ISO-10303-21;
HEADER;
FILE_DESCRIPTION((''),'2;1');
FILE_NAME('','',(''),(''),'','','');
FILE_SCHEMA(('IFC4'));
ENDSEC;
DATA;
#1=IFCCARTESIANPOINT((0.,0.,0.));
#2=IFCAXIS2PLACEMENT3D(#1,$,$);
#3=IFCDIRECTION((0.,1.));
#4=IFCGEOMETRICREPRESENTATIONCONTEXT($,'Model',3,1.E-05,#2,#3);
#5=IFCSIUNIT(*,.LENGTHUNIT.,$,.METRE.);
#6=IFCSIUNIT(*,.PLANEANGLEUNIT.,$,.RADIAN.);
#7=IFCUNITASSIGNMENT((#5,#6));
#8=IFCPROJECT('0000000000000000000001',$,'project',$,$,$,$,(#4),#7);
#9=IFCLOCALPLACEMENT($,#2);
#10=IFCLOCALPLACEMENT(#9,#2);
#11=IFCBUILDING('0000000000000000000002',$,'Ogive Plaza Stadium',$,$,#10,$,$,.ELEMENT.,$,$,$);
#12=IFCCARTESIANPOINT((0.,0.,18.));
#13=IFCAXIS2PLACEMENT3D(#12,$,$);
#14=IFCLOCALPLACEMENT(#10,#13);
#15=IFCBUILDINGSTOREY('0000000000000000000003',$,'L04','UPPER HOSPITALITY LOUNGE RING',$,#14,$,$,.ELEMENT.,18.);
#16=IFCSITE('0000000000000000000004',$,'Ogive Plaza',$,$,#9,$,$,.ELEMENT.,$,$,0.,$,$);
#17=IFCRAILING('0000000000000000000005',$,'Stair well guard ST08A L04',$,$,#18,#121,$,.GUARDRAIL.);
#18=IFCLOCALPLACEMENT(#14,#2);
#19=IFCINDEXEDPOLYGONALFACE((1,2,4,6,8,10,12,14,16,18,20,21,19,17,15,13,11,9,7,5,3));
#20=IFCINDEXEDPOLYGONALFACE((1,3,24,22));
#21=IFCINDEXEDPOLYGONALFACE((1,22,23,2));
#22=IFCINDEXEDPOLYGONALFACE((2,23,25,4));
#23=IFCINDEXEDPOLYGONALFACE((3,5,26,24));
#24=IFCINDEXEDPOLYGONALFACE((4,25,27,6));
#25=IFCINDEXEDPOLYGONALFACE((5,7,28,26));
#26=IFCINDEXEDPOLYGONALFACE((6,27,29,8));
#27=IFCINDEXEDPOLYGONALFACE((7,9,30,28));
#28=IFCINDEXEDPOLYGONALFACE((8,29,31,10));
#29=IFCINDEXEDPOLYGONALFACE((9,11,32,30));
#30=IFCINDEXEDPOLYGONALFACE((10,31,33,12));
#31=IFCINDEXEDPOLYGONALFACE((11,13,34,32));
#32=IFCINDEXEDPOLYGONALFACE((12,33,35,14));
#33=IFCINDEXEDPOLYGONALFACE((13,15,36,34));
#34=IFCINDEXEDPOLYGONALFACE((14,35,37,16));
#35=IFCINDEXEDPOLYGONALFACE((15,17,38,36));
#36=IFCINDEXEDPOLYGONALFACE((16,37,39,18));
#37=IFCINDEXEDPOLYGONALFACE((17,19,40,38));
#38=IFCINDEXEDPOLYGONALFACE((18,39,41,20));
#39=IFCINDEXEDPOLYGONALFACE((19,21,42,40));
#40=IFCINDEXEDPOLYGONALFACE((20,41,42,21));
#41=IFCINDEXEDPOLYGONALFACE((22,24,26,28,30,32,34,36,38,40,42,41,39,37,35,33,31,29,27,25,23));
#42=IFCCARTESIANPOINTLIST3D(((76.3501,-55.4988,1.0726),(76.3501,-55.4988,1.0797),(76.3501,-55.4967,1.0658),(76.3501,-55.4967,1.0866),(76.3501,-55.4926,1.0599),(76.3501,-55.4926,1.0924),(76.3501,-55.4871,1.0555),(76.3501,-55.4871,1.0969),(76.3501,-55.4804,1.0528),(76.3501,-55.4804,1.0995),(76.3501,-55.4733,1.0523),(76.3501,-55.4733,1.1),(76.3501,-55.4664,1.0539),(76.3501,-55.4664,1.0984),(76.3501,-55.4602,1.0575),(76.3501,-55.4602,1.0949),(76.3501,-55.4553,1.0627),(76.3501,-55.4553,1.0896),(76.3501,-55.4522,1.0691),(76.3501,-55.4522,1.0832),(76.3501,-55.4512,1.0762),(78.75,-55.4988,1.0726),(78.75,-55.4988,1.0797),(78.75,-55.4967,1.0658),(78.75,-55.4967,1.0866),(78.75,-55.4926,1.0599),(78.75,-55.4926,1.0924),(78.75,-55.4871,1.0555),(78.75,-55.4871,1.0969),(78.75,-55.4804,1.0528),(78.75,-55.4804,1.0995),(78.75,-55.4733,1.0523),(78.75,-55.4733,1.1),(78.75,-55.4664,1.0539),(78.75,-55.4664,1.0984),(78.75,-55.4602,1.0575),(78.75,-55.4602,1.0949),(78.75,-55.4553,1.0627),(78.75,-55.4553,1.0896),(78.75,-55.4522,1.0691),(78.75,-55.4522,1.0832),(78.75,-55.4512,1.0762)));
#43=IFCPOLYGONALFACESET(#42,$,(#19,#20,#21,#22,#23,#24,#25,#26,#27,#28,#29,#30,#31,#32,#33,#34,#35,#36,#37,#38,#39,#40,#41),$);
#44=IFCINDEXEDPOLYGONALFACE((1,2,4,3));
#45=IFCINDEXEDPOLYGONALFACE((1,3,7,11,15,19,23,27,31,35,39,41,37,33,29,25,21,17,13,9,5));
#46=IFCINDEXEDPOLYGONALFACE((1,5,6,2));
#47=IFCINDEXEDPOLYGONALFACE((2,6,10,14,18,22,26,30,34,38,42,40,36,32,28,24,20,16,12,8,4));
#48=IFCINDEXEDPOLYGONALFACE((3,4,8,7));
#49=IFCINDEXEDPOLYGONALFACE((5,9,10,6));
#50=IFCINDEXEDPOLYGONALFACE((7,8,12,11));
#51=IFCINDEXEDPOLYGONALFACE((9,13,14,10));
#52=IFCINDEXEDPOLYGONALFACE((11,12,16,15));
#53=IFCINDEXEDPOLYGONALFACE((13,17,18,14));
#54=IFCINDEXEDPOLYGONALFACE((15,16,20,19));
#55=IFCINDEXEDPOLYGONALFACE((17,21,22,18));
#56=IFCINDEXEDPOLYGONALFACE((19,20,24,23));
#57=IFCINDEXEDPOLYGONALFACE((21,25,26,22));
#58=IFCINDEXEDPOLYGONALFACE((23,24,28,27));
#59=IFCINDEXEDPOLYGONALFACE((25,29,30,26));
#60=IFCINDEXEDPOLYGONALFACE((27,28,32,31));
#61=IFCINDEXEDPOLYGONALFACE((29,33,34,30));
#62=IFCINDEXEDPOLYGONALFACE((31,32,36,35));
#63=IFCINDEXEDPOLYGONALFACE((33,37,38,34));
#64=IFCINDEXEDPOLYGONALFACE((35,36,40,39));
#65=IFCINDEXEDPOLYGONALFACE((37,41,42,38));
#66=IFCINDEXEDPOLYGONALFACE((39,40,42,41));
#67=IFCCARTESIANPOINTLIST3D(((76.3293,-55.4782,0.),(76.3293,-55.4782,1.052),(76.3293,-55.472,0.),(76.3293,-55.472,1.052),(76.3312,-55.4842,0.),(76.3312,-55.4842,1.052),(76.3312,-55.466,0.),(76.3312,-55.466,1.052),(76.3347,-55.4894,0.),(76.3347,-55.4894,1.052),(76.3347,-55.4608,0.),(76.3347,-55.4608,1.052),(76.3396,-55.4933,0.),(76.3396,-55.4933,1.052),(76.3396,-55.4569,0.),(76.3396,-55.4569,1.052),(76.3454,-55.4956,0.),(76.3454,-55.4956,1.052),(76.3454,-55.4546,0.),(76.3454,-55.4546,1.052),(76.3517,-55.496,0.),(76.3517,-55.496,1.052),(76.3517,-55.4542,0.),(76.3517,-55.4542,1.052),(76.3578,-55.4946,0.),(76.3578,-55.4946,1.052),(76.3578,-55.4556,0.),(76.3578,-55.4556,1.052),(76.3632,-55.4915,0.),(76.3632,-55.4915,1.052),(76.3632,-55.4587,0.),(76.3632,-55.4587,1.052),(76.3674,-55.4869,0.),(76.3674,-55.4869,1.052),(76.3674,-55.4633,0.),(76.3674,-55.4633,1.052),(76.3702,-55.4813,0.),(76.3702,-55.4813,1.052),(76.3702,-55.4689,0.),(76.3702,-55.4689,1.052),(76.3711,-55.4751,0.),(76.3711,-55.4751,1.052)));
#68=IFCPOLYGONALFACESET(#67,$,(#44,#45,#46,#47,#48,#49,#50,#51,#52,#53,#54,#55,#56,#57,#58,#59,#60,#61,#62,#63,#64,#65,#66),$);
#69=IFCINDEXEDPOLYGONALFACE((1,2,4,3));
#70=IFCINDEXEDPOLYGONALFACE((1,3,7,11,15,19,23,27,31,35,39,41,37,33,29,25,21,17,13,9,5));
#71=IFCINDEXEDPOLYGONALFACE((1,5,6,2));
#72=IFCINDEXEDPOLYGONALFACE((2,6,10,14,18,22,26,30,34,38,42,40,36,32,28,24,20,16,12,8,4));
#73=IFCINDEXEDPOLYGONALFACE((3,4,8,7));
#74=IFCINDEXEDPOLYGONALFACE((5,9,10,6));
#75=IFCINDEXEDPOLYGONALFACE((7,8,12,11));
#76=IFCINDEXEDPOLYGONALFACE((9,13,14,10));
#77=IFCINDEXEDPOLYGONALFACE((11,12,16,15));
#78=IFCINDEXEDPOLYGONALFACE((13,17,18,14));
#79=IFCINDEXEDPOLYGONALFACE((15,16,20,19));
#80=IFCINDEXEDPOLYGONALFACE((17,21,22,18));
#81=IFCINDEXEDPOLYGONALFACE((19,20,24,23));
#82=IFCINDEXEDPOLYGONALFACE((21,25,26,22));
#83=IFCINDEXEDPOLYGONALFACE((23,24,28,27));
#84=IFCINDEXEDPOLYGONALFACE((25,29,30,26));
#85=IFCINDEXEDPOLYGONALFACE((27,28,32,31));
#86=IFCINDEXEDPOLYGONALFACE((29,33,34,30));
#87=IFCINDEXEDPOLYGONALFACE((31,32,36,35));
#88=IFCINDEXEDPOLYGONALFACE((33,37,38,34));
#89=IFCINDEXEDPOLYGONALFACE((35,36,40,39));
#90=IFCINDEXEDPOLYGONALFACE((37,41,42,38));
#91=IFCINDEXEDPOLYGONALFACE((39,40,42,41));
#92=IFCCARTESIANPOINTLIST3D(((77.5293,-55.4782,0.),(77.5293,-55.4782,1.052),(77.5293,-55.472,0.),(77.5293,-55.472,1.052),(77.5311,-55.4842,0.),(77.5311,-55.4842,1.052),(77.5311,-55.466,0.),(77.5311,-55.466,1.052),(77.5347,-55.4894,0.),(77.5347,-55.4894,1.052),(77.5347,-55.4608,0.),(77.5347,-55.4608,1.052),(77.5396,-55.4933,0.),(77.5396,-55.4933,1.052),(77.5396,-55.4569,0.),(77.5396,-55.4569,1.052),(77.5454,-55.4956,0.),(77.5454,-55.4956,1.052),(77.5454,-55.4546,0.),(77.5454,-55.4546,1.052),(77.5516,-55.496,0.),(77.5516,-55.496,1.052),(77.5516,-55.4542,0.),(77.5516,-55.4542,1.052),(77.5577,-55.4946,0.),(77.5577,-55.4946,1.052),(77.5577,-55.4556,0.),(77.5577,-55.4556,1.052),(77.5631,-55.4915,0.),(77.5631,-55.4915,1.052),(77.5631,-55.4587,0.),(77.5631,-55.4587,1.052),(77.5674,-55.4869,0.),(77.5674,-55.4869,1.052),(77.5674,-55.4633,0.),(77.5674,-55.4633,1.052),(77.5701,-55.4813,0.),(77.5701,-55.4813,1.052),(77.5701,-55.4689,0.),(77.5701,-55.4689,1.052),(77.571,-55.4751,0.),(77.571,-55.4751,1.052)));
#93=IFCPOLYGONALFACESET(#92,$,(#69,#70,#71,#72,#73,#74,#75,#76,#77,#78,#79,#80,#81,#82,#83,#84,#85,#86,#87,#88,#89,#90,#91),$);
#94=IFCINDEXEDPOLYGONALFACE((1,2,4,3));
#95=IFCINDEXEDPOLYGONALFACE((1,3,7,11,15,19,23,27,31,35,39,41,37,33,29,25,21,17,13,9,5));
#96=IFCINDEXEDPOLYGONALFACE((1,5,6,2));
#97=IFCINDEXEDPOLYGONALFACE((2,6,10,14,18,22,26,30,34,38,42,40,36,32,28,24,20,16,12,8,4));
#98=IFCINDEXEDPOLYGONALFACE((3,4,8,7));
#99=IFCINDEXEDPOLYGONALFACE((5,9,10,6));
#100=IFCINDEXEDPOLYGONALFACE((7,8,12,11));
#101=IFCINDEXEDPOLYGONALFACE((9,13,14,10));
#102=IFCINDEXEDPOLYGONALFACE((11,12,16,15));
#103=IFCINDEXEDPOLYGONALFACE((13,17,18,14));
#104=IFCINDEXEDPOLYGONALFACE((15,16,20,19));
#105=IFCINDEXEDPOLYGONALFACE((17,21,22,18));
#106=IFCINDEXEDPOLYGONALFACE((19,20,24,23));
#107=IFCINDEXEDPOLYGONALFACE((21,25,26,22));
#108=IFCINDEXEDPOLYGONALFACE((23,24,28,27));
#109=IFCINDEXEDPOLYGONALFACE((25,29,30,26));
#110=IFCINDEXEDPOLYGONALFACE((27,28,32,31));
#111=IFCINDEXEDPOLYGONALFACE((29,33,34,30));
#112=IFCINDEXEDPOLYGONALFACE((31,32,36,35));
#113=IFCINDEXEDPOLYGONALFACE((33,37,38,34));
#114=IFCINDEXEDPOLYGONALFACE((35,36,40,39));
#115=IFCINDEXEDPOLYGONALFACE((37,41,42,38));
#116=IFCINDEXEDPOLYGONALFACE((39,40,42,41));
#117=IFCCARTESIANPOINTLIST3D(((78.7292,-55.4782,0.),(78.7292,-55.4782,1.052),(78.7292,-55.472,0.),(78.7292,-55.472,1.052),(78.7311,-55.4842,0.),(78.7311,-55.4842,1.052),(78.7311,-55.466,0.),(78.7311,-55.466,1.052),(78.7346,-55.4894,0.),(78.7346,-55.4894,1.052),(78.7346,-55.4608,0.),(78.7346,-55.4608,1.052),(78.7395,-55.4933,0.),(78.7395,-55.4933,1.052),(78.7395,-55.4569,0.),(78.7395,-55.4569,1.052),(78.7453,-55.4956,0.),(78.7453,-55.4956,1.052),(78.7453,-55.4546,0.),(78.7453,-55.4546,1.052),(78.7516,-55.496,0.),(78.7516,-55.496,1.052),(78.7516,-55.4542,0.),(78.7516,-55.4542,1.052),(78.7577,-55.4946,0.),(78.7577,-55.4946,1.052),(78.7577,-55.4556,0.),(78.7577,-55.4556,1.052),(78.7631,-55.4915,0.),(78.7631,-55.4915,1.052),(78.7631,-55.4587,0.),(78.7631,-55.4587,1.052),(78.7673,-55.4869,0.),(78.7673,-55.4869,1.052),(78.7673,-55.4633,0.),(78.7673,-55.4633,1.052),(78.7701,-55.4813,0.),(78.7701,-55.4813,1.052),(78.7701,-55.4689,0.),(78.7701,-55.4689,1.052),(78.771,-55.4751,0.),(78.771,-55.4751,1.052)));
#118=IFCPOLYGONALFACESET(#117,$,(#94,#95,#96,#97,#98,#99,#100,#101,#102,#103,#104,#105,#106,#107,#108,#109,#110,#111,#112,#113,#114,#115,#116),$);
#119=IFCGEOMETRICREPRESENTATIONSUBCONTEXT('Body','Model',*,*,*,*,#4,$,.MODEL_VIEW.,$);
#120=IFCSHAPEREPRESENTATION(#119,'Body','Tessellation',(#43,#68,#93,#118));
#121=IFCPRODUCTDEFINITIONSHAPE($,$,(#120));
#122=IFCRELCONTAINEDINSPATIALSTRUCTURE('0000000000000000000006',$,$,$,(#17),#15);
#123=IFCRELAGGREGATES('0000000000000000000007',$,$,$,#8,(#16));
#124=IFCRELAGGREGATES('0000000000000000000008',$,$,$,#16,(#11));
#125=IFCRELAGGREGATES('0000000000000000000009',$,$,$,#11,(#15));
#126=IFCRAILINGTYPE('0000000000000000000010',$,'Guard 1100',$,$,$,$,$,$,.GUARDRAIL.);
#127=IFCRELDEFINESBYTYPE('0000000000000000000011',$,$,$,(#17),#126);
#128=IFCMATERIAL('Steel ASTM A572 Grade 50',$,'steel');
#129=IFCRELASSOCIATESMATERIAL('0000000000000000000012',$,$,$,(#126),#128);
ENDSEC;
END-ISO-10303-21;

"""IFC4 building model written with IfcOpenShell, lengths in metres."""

from ifc_helpers import new_model, si_unit, direction, frame, origin, origin_2d, place, context, subcontext, project, spatial, circle, extrude, material, type_object, element, save


model = new_model("IFC4")

# Units and contexts
model_context = context("Model", 3, precision=1e-05, world=origin(), true_north=direction((0.0, 1.0)))
body_context = subcontext(model_context, "Body", "Model", "MODEL_VIEW")
ifc_project = project(units=[si_unit("LENGTHUNIT", "METRE"), si_unit("PLANEANGLEUNIT", "RADIAN")], contexts=[model_context])

# Site, building, storey
site_placement = place(None, origin())
site = spatial("IfcSite", under=ifc_project, at=site_placement, Name="Ogive Plaza", CompositionType="ELEMENT", RefElevation=0.0)
building_placement = place(site_placement, origin())
building = spatial("IfcBuilding", under=site, at=building_placement, Name="Ogive Plaza Stadium", CompositionType="ELEMENT")
storey_placement = place(building_placement, frame((0.0, 0.0, 18.0)))
storey = spatial("IfcBuildingStorey", under=building, at=storey_placement, Name="L04", Description="UPPER HOSPITALITY LOUNGE RING", CompositionType="ELEMENT", Elevation=18.0)

# Railing
ifc_material_1 = material(Name="Steel ASTM A572 Grade 50", Category="steel")
railing_type_1 = type_object("IfcRailingType", Name="Guard 1100", PredefinedType="GUARDRAIL", material=ifc_material_1)
railing_1_placement = place(storey_placement, frame((76.3501, -55.4751, 0.0)))
element("IfcRailing", 1, at=railing_1_placement, inside=storey, type_object=railing_type_1, Name="Stair well guard ST08A L04", PredefinedType="GUARDRAIL", context=body_context, shape_type="SweptSolid", body=[
    extrude(circle(Radius=0.0239, at=origin_2d()), frame((0.0, 0.0, 1.0762), z_axis=(1.0, 0.0, 0.0), x_axis=(0.0, 1.0, 0.0)), (0.0, 0.0, 1.0), 2.3999),
    extrude(circle(Radius=0.021, at=origin_2d()), origin(), (0.0, 0.0, 1.0), 1.052),
    extrude(circle(Radius=0.021, at=origin_2d()), frame((1.2, 0.0, 0.0)), (0.0, 0.0, 1.0), 1.052),
    extrude(circle(Radius=0.021, at=origin_2d()), frame((2.3999, 0.0, 0.0)), (0.0, 0.0, 1.0), 1.052),
])

save(model, "model.ifc")
